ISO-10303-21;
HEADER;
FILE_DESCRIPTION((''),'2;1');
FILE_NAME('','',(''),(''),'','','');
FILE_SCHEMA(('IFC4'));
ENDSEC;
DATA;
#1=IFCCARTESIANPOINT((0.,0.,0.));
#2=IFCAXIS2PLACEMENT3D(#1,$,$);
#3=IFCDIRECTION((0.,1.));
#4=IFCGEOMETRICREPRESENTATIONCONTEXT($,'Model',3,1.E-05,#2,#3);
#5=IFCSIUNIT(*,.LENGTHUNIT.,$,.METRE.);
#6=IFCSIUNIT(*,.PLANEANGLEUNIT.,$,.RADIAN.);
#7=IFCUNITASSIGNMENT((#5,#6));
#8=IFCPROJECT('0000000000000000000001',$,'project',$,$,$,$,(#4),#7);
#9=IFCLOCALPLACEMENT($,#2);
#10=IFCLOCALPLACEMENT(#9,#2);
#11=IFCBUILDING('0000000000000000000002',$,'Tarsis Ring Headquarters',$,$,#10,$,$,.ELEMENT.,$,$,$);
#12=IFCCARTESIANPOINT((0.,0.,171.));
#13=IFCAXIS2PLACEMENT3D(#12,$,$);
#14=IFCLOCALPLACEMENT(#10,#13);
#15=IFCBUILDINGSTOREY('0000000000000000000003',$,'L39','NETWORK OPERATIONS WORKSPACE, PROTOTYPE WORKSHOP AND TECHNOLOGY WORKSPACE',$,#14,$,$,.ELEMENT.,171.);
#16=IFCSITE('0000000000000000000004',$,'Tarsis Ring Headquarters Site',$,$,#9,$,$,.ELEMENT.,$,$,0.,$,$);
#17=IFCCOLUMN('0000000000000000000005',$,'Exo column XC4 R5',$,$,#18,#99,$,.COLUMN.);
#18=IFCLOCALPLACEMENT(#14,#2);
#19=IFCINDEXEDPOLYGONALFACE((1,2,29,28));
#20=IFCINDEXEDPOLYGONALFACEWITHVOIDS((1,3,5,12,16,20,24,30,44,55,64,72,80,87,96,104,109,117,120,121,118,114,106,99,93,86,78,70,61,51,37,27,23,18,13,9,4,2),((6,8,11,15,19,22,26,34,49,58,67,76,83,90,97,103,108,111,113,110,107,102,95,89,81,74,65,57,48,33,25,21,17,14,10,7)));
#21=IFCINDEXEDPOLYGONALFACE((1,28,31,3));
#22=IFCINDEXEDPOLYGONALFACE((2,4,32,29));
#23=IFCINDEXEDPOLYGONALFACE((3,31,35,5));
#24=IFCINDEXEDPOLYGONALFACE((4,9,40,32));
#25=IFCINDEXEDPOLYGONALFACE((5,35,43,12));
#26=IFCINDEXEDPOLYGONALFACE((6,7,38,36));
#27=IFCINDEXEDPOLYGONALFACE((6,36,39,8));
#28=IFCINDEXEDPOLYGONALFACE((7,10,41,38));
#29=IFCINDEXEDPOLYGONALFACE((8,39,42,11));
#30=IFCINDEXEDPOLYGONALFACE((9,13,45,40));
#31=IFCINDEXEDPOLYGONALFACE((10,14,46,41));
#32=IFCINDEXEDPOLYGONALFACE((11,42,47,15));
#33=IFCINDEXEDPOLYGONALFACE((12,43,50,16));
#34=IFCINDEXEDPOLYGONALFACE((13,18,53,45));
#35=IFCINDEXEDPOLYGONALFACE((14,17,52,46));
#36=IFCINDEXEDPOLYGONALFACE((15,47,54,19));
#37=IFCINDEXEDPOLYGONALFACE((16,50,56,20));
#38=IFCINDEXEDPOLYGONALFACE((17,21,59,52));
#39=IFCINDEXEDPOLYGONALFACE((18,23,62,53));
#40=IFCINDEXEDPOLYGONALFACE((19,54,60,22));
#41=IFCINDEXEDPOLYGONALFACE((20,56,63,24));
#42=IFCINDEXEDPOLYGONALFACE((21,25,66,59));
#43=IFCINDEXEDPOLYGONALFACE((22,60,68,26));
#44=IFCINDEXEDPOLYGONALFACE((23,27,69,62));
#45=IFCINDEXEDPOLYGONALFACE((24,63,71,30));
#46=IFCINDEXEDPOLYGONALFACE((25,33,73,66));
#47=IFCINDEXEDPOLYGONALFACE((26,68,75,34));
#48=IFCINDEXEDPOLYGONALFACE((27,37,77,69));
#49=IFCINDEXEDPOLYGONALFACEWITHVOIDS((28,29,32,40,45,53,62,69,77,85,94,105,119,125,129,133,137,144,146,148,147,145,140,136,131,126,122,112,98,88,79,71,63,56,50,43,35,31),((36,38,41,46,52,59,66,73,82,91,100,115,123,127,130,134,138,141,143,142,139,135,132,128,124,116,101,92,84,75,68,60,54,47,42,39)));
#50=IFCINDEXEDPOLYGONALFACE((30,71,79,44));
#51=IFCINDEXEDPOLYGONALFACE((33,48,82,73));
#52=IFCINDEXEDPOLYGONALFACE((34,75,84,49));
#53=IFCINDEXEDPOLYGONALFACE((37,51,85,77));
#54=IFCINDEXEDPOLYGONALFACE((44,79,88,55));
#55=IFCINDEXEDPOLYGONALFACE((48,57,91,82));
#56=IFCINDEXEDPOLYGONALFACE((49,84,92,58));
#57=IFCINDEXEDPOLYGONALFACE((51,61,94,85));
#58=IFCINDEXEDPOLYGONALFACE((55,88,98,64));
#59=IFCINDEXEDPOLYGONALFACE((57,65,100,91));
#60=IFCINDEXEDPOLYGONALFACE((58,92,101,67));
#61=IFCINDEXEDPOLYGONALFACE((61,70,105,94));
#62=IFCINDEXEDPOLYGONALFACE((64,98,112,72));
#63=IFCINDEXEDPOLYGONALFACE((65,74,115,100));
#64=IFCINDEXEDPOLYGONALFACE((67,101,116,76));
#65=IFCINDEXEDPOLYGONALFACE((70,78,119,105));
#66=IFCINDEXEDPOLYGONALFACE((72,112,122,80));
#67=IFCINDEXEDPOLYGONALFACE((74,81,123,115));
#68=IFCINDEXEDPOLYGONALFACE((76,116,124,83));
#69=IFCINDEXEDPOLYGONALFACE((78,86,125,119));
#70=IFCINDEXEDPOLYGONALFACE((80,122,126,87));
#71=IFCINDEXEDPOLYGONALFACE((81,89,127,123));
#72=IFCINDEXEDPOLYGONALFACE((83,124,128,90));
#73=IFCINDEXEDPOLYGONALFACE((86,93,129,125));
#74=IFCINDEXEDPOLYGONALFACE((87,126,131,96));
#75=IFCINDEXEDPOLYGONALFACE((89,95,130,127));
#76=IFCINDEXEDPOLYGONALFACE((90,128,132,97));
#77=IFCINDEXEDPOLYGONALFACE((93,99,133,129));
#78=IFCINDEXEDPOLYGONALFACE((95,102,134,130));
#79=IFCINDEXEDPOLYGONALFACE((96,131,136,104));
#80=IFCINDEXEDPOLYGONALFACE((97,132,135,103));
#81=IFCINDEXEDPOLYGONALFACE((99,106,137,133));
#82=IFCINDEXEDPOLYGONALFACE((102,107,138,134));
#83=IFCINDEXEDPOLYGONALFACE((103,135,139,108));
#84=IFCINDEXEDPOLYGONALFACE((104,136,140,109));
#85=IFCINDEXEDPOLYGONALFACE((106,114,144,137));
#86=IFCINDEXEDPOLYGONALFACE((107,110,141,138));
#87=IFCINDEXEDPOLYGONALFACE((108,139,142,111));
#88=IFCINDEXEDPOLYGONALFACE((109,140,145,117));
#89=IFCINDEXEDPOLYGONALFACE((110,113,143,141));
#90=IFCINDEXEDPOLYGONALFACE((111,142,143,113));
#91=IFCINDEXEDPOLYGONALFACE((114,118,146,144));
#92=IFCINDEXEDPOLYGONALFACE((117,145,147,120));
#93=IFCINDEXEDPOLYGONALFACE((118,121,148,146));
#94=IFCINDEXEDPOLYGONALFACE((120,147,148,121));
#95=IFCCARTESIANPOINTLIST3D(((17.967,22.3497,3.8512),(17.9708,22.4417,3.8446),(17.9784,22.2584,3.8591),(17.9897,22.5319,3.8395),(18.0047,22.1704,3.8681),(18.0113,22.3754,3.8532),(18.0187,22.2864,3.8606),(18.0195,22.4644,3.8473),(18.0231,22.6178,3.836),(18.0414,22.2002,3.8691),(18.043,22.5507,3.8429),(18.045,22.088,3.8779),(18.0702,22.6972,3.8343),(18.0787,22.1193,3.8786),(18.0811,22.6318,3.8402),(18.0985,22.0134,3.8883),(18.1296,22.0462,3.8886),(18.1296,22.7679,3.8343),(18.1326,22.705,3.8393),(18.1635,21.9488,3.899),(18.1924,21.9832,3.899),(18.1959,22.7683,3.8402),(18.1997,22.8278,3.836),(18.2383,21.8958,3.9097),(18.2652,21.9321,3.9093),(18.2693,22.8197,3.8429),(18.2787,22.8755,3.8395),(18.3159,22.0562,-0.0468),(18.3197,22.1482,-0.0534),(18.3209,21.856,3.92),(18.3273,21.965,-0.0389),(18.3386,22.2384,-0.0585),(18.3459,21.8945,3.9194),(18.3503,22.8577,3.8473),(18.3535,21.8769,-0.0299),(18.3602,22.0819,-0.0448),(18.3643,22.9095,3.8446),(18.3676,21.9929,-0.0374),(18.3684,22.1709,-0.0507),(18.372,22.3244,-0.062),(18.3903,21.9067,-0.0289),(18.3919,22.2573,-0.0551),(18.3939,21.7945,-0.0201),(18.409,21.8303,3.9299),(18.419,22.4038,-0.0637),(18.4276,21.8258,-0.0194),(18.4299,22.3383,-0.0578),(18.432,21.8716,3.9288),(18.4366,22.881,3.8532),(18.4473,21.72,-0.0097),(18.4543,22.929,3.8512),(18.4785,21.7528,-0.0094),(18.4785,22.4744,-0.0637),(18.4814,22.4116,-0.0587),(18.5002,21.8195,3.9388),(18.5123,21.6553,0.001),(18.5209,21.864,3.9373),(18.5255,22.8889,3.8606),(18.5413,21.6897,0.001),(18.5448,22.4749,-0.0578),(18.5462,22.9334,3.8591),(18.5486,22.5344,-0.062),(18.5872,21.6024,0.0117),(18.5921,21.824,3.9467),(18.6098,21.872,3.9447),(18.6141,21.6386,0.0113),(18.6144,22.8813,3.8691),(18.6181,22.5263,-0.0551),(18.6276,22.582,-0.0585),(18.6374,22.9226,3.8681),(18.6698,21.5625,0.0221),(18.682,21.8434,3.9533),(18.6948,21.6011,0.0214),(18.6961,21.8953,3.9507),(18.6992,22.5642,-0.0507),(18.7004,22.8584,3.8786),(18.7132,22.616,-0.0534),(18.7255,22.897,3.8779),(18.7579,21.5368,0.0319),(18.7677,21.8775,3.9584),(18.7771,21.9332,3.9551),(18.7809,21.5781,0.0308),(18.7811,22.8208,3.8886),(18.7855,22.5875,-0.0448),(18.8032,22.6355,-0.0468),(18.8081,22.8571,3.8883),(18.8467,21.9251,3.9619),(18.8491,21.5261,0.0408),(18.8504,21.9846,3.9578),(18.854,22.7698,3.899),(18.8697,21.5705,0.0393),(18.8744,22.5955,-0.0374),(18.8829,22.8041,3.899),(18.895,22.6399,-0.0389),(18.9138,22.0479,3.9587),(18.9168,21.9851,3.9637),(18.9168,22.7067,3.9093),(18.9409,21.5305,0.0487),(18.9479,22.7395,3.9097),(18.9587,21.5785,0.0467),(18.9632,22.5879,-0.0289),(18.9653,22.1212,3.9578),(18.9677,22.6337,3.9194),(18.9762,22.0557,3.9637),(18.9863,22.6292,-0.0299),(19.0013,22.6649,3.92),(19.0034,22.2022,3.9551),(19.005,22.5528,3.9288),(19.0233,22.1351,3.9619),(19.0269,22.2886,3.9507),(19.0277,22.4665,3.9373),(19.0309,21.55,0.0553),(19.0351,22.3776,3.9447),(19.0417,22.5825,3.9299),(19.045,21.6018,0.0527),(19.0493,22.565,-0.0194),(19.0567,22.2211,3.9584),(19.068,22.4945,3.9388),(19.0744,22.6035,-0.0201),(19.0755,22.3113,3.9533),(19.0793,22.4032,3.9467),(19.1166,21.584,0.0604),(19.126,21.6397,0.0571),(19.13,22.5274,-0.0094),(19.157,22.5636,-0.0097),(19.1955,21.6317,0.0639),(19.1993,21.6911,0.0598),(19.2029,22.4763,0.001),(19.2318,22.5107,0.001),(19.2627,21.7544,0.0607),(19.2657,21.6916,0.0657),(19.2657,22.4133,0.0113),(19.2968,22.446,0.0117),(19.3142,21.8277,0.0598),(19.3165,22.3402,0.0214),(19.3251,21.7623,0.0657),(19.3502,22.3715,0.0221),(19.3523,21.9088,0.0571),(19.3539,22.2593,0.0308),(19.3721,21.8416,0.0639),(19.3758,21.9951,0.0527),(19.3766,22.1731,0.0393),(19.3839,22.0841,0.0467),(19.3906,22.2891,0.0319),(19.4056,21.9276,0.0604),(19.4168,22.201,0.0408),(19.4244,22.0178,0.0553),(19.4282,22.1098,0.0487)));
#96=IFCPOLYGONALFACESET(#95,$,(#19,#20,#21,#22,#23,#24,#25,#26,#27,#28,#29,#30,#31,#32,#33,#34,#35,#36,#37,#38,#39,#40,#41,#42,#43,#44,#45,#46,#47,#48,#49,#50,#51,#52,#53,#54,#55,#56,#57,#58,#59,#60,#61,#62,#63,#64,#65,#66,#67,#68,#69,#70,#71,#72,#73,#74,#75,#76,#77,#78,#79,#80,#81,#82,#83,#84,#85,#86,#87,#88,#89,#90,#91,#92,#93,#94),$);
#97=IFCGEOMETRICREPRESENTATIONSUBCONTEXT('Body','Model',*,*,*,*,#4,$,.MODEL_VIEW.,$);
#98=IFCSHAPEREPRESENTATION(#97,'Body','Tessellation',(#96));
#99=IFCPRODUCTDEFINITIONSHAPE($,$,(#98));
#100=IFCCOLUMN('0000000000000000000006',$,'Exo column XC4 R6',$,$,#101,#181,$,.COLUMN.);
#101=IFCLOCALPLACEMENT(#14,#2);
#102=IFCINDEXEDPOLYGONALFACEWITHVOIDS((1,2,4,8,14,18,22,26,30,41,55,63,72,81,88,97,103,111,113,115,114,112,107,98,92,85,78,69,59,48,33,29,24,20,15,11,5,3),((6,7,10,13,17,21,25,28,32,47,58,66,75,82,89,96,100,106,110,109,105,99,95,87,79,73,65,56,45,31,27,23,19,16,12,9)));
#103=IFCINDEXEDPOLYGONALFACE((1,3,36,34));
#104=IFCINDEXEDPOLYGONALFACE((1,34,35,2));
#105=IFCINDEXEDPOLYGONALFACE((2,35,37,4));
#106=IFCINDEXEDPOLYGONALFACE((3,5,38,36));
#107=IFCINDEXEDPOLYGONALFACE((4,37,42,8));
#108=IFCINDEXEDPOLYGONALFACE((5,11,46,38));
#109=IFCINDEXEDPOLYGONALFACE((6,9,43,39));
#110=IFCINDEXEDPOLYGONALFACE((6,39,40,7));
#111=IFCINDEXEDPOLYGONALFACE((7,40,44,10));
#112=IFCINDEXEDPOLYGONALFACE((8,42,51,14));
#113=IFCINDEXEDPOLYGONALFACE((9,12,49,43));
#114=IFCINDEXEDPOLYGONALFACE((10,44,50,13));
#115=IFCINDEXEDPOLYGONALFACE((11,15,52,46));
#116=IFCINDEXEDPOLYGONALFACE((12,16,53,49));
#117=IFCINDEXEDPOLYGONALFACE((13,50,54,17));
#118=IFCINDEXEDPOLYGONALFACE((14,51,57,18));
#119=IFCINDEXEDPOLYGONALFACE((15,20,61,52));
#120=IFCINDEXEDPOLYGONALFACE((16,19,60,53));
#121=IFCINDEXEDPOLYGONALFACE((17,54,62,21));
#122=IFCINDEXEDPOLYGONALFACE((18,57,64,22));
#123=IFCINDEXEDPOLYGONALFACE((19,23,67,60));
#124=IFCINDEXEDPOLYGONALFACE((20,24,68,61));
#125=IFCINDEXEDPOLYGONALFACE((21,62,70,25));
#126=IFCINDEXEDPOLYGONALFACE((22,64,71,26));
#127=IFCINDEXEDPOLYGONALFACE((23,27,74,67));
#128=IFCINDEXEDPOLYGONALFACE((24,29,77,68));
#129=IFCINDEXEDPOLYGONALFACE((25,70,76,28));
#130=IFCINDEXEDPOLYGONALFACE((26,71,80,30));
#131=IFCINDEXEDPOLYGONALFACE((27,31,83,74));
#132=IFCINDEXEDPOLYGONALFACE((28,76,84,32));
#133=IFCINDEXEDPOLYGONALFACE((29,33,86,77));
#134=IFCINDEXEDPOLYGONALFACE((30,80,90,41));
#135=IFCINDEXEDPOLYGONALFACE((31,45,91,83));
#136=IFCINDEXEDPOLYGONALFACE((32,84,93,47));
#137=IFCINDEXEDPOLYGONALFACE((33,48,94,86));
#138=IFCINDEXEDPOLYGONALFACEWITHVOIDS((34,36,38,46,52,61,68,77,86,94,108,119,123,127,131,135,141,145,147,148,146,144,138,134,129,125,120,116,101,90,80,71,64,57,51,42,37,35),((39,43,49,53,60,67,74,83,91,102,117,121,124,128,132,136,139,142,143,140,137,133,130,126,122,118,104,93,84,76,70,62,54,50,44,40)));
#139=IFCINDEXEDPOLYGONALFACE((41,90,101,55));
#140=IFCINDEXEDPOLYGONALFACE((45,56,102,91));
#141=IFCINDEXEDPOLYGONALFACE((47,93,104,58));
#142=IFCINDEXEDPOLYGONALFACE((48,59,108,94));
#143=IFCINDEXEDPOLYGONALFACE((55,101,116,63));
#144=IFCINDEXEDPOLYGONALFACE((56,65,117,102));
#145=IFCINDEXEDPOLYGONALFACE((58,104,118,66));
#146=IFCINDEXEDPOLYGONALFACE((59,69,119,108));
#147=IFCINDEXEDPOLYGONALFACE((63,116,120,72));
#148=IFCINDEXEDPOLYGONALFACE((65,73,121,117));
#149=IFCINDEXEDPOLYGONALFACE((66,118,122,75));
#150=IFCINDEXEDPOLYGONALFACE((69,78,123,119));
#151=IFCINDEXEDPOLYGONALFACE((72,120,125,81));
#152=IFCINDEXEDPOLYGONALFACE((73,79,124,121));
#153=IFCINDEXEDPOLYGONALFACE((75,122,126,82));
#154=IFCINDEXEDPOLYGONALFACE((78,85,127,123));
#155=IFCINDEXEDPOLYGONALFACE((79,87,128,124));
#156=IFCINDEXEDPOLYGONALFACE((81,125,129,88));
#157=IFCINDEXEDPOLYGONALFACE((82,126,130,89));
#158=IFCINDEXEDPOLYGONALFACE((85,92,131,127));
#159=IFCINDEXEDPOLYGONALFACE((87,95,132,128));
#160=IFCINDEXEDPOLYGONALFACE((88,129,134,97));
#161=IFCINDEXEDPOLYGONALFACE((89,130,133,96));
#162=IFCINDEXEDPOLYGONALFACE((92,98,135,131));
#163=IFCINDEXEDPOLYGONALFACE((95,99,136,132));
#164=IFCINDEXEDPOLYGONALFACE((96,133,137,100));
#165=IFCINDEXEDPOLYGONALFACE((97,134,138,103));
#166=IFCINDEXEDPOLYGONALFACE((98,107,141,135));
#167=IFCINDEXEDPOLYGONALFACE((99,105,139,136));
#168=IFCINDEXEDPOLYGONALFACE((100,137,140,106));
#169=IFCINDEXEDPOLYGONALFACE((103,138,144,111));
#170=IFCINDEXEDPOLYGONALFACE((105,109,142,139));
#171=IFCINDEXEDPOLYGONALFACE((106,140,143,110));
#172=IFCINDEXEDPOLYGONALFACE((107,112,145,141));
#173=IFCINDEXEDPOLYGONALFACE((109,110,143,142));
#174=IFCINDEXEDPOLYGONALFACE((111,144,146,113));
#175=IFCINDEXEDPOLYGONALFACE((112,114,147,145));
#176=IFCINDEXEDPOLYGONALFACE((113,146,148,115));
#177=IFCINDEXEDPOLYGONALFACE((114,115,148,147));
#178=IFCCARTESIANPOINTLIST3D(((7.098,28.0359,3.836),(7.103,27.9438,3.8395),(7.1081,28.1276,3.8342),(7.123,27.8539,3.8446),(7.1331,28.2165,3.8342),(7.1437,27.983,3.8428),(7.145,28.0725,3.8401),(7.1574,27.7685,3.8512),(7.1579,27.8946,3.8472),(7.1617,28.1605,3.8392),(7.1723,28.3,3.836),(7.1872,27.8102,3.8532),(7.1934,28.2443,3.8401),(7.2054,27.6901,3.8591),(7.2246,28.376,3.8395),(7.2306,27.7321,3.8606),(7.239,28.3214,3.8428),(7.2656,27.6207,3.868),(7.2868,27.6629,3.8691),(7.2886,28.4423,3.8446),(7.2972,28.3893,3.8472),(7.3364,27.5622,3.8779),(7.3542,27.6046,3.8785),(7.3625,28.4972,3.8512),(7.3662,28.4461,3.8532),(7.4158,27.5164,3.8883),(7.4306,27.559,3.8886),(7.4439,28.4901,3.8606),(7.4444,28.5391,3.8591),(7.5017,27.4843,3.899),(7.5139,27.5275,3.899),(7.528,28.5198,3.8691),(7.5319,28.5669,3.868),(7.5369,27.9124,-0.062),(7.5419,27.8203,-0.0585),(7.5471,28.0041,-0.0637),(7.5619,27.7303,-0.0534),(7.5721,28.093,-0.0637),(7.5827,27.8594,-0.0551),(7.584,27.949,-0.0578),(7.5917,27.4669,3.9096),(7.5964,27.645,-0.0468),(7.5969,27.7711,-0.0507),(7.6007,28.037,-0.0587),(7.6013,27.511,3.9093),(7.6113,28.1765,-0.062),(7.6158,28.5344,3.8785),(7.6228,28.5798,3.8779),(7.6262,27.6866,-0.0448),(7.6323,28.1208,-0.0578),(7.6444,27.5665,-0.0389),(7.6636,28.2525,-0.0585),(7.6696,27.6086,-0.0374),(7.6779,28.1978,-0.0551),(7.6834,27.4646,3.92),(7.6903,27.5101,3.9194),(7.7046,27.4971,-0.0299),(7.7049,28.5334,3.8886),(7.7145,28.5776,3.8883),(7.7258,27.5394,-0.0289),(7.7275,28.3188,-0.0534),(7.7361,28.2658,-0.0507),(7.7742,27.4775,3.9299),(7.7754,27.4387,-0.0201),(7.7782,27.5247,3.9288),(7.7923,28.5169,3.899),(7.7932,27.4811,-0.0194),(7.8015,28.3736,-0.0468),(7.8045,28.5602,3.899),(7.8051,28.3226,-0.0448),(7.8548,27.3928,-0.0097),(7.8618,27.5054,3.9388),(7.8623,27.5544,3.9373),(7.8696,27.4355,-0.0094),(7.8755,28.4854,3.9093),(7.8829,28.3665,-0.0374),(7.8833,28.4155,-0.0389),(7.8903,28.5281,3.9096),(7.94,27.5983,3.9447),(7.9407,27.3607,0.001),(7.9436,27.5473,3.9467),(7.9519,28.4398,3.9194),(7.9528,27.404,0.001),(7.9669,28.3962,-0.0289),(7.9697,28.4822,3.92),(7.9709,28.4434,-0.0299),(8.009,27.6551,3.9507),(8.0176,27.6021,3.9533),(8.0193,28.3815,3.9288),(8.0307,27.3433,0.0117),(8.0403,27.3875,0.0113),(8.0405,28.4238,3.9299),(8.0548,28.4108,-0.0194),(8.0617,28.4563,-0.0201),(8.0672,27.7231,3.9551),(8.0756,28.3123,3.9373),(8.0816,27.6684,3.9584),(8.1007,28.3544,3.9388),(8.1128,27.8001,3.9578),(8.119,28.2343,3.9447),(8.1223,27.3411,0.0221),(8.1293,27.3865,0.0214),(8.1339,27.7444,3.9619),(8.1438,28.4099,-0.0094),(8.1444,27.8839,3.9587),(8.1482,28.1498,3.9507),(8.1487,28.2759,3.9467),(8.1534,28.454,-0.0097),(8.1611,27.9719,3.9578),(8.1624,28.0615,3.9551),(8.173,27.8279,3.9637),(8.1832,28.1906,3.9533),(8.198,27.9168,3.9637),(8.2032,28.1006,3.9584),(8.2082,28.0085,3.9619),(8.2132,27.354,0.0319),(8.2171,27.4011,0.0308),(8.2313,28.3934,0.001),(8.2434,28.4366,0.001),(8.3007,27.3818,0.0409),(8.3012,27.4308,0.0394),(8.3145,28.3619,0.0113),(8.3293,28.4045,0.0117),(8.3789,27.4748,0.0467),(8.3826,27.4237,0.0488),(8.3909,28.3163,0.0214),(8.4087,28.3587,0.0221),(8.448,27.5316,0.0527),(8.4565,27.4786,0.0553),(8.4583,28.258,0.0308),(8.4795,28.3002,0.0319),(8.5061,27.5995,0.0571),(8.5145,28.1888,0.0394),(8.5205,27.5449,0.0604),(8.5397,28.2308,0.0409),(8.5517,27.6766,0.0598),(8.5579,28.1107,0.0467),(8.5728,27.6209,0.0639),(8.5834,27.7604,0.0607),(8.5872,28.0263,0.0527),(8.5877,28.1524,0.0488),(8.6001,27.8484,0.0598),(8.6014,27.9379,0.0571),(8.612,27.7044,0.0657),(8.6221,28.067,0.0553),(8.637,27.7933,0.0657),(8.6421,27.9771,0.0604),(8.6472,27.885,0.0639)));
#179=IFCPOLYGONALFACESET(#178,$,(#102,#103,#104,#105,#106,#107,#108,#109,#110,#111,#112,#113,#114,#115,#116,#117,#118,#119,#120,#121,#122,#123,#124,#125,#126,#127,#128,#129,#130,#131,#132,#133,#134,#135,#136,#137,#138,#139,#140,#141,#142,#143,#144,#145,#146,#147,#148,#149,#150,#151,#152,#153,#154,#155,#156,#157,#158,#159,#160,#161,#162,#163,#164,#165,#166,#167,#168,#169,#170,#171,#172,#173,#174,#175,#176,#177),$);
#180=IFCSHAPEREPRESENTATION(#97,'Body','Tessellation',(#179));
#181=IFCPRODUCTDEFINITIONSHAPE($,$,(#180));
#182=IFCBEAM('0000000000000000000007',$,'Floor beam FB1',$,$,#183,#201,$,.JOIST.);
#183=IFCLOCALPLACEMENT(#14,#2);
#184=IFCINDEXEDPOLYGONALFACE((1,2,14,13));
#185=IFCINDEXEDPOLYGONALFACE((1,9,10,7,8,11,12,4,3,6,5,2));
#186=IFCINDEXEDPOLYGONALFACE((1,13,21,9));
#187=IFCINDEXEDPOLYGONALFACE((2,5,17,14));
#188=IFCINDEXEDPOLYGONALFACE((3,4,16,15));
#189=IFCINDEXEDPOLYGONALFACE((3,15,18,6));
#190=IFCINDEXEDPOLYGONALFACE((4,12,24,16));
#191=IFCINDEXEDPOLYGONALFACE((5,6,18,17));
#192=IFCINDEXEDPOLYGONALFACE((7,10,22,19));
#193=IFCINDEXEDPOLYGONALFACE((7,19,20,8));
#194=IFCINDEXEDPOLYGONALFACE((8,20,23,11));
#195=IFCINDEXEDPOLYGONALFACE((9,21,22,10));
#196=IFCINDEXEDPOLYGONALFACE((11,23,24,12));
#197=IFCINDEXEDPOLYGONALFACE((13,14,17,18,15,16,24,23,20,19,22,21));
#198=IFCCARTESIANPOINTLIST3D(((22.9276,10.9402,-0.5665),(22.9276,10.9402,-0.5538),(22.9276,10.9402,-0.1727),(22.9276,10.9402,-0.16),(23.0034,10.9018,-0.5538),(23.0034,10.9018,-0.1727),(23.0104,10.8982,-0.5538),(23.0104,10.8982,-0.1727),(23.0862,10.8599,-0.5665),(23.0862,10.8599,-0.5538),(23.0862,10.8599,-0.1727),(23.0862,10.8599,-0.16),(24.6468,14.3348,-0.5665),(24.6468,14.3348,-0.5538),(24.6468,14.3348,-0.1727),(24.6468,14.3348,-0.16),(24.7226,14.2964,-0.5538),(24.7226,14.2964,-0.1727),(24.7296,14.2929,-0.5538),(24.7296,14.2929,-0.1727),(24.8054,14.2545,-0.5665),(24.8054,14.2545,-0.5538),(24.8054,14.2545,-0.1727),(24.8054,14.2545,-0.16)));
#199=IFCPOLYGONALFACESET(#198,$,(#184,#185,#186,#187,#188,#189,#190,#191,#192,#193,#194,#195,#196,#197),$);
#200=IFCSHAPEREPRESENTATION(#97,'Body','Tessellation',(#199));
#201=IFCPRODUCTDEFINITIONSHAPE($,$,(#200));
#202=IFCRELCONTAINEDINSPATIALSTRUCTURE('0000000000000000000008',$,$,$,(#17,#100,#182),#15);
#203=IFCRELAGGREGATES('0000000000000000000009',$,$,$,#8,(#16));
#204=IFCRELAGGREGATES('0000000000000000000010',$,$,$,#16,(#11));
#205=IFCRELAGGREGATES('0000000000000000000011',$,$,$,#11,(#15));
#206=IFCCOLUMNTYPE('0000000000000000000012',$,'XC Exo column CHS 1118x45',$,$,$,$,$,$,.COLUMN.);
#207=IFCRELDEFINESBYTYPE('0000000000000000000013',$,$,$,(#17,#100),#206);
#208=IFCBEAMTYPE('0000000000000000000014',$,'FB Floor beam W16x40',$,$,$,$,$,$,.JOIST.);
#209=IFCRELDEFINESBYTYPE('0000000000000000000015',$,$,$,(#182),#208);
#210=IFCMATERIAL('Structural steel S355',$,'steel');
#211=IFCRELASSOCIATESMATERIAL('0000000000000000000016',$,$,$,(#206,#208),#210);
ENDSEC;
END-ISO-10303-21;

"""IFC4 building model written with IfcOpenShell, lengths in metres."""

from ifc_helpers import new_model, si_unit, direction, frame, origin, origin_2d, place, context, subcontext, project, spatial, hollow_circle, i_section, extrude, material, material_profile, profile_set, type_object, element, save


model = new_model("IFC4")

# Units and contexts
model_context = context("Model", 3, precision=1e-05, world=origin(), true_north=direction((0.0, 1.0)))
body_context = subcontext(model_context, "Body", "Model", "MODEL_VIEW")
ifc_project = project(units=[si_unit("LENGTHUNIT", "METRE"), si_unit("PLANEANGLEUNIT", "RADIAN")], contexts=[model_context])

# Site, building, storey
site_placement = place(None, origin())
site = spatial("IfcSite", under=ifc_project, at=site_placement, Name="Tarsis Ring Headquarters Site", CompositionType="ELEMENT", RefElevation=0.0)
building_placement = place(site_placement, origin())
building = spatial("IfcBuilding", under=site, at=building_placement, Name="Tarsis Ring Headquarters", CompositionType="ELEMENT")
storey_placement = place(building_placement, frame((0.0, 0.0, 171.0)))
storey = spatial("IfcBuildingStorey", under=building, at=storey_placement, Name="L39", Description="NETWORK OPERATIONS WORKSPACE, PROTOTYPE WORKSHOP AND TECHNOLOGY WORKSPACE", CompositionType="ELEMENT", Elevation=171.0)

# Columns
ifc_material_1 = material(Name="Structural steel S355", Category="steel")
ifc_material_profile_1 = material_profile(ifc_material_1, hollow_circle(Radius=0.5588, WallThickness=0.0449, at=origin_2d()), Name="CHS 1118x45")
ifc_profile_set_1 = profile_set([ifc_material_profile_1], Name="Structural steel S355")
column_type = type_object("IfcColumnType", Name="XC Exo column CHS 1118x45", PredefinedType="COLUMN", material=ifc_profile_set_1)
for number, where, z_axis, x_axis, name in (
    (1, (18.8721, 22.083, 0.001), (-0.088897, 0.074775, 0.99323), (-0.643707, -0.765272, 0.0), "Exo column XC4 R5"),
    (2, (8.092, 27.8987, 0.001), (-0.111851, 0.031478, 0.993226), (-0.270901, -0.962607, 0.0), "Exo column XC4 R6"),
):
    element("IfcColumn", number, at=place(storey_placement, frame(where, z_axis=z_axis, x_axis=x_axis)), inside=storey, type_object=column_type, Name=name, PredefinedType="COLUMN", context=body_context, shape_type="SweptSolid", body=[
        extrude(hollow_circle(Radius=0.5588, WallThickness=0.0449, at=origin_2d()), origin(), (0.0, 0.0, 1.0), 3.9246),
    ])

# Beam
ifc_material_profile_2 = material_profile(ifc_material_1, i_section(OverallWidth=0.1777, OverallDepth=0.4065, WebThickness=0.0078, FlangeThickness=0.0127, at=origin_2d()), Name="W16x40")
ifc_profile_set_2 = profile_set([ifc_material_profile_2], Name="Structural steel S355")
beam_type_1 = type_object("IfcBeamType", Name="FB Floor beam W16x40", PredefinedType="JOIST", material=ifc_profile_set_2)
beam_1_placement = place(storey_placement, frame((24.7261, 14.2947, -0.3633), z_axis=(-0.451801, -0.892119, 0.0), x_axis=(0.892119, -0.451801, 0.0)))
element("IfcBeam", 3, at=beam_1_placement, inside=storey, type_object=beam_type_1, Name="Floor beam FB1", PredefinedType="JOIST", context=body_context, shape_type="SweptSolid", body=[
    extrude(i_section(OverallWidth=0.1777, OverallDepth=0.4065, WebThickness=0.0078, FlangeThickness=0.0127, at=origin_2d()), origin(), (0.0, 0.0, 1.0), 3.8052),
])

save(model, "model.ifc")
